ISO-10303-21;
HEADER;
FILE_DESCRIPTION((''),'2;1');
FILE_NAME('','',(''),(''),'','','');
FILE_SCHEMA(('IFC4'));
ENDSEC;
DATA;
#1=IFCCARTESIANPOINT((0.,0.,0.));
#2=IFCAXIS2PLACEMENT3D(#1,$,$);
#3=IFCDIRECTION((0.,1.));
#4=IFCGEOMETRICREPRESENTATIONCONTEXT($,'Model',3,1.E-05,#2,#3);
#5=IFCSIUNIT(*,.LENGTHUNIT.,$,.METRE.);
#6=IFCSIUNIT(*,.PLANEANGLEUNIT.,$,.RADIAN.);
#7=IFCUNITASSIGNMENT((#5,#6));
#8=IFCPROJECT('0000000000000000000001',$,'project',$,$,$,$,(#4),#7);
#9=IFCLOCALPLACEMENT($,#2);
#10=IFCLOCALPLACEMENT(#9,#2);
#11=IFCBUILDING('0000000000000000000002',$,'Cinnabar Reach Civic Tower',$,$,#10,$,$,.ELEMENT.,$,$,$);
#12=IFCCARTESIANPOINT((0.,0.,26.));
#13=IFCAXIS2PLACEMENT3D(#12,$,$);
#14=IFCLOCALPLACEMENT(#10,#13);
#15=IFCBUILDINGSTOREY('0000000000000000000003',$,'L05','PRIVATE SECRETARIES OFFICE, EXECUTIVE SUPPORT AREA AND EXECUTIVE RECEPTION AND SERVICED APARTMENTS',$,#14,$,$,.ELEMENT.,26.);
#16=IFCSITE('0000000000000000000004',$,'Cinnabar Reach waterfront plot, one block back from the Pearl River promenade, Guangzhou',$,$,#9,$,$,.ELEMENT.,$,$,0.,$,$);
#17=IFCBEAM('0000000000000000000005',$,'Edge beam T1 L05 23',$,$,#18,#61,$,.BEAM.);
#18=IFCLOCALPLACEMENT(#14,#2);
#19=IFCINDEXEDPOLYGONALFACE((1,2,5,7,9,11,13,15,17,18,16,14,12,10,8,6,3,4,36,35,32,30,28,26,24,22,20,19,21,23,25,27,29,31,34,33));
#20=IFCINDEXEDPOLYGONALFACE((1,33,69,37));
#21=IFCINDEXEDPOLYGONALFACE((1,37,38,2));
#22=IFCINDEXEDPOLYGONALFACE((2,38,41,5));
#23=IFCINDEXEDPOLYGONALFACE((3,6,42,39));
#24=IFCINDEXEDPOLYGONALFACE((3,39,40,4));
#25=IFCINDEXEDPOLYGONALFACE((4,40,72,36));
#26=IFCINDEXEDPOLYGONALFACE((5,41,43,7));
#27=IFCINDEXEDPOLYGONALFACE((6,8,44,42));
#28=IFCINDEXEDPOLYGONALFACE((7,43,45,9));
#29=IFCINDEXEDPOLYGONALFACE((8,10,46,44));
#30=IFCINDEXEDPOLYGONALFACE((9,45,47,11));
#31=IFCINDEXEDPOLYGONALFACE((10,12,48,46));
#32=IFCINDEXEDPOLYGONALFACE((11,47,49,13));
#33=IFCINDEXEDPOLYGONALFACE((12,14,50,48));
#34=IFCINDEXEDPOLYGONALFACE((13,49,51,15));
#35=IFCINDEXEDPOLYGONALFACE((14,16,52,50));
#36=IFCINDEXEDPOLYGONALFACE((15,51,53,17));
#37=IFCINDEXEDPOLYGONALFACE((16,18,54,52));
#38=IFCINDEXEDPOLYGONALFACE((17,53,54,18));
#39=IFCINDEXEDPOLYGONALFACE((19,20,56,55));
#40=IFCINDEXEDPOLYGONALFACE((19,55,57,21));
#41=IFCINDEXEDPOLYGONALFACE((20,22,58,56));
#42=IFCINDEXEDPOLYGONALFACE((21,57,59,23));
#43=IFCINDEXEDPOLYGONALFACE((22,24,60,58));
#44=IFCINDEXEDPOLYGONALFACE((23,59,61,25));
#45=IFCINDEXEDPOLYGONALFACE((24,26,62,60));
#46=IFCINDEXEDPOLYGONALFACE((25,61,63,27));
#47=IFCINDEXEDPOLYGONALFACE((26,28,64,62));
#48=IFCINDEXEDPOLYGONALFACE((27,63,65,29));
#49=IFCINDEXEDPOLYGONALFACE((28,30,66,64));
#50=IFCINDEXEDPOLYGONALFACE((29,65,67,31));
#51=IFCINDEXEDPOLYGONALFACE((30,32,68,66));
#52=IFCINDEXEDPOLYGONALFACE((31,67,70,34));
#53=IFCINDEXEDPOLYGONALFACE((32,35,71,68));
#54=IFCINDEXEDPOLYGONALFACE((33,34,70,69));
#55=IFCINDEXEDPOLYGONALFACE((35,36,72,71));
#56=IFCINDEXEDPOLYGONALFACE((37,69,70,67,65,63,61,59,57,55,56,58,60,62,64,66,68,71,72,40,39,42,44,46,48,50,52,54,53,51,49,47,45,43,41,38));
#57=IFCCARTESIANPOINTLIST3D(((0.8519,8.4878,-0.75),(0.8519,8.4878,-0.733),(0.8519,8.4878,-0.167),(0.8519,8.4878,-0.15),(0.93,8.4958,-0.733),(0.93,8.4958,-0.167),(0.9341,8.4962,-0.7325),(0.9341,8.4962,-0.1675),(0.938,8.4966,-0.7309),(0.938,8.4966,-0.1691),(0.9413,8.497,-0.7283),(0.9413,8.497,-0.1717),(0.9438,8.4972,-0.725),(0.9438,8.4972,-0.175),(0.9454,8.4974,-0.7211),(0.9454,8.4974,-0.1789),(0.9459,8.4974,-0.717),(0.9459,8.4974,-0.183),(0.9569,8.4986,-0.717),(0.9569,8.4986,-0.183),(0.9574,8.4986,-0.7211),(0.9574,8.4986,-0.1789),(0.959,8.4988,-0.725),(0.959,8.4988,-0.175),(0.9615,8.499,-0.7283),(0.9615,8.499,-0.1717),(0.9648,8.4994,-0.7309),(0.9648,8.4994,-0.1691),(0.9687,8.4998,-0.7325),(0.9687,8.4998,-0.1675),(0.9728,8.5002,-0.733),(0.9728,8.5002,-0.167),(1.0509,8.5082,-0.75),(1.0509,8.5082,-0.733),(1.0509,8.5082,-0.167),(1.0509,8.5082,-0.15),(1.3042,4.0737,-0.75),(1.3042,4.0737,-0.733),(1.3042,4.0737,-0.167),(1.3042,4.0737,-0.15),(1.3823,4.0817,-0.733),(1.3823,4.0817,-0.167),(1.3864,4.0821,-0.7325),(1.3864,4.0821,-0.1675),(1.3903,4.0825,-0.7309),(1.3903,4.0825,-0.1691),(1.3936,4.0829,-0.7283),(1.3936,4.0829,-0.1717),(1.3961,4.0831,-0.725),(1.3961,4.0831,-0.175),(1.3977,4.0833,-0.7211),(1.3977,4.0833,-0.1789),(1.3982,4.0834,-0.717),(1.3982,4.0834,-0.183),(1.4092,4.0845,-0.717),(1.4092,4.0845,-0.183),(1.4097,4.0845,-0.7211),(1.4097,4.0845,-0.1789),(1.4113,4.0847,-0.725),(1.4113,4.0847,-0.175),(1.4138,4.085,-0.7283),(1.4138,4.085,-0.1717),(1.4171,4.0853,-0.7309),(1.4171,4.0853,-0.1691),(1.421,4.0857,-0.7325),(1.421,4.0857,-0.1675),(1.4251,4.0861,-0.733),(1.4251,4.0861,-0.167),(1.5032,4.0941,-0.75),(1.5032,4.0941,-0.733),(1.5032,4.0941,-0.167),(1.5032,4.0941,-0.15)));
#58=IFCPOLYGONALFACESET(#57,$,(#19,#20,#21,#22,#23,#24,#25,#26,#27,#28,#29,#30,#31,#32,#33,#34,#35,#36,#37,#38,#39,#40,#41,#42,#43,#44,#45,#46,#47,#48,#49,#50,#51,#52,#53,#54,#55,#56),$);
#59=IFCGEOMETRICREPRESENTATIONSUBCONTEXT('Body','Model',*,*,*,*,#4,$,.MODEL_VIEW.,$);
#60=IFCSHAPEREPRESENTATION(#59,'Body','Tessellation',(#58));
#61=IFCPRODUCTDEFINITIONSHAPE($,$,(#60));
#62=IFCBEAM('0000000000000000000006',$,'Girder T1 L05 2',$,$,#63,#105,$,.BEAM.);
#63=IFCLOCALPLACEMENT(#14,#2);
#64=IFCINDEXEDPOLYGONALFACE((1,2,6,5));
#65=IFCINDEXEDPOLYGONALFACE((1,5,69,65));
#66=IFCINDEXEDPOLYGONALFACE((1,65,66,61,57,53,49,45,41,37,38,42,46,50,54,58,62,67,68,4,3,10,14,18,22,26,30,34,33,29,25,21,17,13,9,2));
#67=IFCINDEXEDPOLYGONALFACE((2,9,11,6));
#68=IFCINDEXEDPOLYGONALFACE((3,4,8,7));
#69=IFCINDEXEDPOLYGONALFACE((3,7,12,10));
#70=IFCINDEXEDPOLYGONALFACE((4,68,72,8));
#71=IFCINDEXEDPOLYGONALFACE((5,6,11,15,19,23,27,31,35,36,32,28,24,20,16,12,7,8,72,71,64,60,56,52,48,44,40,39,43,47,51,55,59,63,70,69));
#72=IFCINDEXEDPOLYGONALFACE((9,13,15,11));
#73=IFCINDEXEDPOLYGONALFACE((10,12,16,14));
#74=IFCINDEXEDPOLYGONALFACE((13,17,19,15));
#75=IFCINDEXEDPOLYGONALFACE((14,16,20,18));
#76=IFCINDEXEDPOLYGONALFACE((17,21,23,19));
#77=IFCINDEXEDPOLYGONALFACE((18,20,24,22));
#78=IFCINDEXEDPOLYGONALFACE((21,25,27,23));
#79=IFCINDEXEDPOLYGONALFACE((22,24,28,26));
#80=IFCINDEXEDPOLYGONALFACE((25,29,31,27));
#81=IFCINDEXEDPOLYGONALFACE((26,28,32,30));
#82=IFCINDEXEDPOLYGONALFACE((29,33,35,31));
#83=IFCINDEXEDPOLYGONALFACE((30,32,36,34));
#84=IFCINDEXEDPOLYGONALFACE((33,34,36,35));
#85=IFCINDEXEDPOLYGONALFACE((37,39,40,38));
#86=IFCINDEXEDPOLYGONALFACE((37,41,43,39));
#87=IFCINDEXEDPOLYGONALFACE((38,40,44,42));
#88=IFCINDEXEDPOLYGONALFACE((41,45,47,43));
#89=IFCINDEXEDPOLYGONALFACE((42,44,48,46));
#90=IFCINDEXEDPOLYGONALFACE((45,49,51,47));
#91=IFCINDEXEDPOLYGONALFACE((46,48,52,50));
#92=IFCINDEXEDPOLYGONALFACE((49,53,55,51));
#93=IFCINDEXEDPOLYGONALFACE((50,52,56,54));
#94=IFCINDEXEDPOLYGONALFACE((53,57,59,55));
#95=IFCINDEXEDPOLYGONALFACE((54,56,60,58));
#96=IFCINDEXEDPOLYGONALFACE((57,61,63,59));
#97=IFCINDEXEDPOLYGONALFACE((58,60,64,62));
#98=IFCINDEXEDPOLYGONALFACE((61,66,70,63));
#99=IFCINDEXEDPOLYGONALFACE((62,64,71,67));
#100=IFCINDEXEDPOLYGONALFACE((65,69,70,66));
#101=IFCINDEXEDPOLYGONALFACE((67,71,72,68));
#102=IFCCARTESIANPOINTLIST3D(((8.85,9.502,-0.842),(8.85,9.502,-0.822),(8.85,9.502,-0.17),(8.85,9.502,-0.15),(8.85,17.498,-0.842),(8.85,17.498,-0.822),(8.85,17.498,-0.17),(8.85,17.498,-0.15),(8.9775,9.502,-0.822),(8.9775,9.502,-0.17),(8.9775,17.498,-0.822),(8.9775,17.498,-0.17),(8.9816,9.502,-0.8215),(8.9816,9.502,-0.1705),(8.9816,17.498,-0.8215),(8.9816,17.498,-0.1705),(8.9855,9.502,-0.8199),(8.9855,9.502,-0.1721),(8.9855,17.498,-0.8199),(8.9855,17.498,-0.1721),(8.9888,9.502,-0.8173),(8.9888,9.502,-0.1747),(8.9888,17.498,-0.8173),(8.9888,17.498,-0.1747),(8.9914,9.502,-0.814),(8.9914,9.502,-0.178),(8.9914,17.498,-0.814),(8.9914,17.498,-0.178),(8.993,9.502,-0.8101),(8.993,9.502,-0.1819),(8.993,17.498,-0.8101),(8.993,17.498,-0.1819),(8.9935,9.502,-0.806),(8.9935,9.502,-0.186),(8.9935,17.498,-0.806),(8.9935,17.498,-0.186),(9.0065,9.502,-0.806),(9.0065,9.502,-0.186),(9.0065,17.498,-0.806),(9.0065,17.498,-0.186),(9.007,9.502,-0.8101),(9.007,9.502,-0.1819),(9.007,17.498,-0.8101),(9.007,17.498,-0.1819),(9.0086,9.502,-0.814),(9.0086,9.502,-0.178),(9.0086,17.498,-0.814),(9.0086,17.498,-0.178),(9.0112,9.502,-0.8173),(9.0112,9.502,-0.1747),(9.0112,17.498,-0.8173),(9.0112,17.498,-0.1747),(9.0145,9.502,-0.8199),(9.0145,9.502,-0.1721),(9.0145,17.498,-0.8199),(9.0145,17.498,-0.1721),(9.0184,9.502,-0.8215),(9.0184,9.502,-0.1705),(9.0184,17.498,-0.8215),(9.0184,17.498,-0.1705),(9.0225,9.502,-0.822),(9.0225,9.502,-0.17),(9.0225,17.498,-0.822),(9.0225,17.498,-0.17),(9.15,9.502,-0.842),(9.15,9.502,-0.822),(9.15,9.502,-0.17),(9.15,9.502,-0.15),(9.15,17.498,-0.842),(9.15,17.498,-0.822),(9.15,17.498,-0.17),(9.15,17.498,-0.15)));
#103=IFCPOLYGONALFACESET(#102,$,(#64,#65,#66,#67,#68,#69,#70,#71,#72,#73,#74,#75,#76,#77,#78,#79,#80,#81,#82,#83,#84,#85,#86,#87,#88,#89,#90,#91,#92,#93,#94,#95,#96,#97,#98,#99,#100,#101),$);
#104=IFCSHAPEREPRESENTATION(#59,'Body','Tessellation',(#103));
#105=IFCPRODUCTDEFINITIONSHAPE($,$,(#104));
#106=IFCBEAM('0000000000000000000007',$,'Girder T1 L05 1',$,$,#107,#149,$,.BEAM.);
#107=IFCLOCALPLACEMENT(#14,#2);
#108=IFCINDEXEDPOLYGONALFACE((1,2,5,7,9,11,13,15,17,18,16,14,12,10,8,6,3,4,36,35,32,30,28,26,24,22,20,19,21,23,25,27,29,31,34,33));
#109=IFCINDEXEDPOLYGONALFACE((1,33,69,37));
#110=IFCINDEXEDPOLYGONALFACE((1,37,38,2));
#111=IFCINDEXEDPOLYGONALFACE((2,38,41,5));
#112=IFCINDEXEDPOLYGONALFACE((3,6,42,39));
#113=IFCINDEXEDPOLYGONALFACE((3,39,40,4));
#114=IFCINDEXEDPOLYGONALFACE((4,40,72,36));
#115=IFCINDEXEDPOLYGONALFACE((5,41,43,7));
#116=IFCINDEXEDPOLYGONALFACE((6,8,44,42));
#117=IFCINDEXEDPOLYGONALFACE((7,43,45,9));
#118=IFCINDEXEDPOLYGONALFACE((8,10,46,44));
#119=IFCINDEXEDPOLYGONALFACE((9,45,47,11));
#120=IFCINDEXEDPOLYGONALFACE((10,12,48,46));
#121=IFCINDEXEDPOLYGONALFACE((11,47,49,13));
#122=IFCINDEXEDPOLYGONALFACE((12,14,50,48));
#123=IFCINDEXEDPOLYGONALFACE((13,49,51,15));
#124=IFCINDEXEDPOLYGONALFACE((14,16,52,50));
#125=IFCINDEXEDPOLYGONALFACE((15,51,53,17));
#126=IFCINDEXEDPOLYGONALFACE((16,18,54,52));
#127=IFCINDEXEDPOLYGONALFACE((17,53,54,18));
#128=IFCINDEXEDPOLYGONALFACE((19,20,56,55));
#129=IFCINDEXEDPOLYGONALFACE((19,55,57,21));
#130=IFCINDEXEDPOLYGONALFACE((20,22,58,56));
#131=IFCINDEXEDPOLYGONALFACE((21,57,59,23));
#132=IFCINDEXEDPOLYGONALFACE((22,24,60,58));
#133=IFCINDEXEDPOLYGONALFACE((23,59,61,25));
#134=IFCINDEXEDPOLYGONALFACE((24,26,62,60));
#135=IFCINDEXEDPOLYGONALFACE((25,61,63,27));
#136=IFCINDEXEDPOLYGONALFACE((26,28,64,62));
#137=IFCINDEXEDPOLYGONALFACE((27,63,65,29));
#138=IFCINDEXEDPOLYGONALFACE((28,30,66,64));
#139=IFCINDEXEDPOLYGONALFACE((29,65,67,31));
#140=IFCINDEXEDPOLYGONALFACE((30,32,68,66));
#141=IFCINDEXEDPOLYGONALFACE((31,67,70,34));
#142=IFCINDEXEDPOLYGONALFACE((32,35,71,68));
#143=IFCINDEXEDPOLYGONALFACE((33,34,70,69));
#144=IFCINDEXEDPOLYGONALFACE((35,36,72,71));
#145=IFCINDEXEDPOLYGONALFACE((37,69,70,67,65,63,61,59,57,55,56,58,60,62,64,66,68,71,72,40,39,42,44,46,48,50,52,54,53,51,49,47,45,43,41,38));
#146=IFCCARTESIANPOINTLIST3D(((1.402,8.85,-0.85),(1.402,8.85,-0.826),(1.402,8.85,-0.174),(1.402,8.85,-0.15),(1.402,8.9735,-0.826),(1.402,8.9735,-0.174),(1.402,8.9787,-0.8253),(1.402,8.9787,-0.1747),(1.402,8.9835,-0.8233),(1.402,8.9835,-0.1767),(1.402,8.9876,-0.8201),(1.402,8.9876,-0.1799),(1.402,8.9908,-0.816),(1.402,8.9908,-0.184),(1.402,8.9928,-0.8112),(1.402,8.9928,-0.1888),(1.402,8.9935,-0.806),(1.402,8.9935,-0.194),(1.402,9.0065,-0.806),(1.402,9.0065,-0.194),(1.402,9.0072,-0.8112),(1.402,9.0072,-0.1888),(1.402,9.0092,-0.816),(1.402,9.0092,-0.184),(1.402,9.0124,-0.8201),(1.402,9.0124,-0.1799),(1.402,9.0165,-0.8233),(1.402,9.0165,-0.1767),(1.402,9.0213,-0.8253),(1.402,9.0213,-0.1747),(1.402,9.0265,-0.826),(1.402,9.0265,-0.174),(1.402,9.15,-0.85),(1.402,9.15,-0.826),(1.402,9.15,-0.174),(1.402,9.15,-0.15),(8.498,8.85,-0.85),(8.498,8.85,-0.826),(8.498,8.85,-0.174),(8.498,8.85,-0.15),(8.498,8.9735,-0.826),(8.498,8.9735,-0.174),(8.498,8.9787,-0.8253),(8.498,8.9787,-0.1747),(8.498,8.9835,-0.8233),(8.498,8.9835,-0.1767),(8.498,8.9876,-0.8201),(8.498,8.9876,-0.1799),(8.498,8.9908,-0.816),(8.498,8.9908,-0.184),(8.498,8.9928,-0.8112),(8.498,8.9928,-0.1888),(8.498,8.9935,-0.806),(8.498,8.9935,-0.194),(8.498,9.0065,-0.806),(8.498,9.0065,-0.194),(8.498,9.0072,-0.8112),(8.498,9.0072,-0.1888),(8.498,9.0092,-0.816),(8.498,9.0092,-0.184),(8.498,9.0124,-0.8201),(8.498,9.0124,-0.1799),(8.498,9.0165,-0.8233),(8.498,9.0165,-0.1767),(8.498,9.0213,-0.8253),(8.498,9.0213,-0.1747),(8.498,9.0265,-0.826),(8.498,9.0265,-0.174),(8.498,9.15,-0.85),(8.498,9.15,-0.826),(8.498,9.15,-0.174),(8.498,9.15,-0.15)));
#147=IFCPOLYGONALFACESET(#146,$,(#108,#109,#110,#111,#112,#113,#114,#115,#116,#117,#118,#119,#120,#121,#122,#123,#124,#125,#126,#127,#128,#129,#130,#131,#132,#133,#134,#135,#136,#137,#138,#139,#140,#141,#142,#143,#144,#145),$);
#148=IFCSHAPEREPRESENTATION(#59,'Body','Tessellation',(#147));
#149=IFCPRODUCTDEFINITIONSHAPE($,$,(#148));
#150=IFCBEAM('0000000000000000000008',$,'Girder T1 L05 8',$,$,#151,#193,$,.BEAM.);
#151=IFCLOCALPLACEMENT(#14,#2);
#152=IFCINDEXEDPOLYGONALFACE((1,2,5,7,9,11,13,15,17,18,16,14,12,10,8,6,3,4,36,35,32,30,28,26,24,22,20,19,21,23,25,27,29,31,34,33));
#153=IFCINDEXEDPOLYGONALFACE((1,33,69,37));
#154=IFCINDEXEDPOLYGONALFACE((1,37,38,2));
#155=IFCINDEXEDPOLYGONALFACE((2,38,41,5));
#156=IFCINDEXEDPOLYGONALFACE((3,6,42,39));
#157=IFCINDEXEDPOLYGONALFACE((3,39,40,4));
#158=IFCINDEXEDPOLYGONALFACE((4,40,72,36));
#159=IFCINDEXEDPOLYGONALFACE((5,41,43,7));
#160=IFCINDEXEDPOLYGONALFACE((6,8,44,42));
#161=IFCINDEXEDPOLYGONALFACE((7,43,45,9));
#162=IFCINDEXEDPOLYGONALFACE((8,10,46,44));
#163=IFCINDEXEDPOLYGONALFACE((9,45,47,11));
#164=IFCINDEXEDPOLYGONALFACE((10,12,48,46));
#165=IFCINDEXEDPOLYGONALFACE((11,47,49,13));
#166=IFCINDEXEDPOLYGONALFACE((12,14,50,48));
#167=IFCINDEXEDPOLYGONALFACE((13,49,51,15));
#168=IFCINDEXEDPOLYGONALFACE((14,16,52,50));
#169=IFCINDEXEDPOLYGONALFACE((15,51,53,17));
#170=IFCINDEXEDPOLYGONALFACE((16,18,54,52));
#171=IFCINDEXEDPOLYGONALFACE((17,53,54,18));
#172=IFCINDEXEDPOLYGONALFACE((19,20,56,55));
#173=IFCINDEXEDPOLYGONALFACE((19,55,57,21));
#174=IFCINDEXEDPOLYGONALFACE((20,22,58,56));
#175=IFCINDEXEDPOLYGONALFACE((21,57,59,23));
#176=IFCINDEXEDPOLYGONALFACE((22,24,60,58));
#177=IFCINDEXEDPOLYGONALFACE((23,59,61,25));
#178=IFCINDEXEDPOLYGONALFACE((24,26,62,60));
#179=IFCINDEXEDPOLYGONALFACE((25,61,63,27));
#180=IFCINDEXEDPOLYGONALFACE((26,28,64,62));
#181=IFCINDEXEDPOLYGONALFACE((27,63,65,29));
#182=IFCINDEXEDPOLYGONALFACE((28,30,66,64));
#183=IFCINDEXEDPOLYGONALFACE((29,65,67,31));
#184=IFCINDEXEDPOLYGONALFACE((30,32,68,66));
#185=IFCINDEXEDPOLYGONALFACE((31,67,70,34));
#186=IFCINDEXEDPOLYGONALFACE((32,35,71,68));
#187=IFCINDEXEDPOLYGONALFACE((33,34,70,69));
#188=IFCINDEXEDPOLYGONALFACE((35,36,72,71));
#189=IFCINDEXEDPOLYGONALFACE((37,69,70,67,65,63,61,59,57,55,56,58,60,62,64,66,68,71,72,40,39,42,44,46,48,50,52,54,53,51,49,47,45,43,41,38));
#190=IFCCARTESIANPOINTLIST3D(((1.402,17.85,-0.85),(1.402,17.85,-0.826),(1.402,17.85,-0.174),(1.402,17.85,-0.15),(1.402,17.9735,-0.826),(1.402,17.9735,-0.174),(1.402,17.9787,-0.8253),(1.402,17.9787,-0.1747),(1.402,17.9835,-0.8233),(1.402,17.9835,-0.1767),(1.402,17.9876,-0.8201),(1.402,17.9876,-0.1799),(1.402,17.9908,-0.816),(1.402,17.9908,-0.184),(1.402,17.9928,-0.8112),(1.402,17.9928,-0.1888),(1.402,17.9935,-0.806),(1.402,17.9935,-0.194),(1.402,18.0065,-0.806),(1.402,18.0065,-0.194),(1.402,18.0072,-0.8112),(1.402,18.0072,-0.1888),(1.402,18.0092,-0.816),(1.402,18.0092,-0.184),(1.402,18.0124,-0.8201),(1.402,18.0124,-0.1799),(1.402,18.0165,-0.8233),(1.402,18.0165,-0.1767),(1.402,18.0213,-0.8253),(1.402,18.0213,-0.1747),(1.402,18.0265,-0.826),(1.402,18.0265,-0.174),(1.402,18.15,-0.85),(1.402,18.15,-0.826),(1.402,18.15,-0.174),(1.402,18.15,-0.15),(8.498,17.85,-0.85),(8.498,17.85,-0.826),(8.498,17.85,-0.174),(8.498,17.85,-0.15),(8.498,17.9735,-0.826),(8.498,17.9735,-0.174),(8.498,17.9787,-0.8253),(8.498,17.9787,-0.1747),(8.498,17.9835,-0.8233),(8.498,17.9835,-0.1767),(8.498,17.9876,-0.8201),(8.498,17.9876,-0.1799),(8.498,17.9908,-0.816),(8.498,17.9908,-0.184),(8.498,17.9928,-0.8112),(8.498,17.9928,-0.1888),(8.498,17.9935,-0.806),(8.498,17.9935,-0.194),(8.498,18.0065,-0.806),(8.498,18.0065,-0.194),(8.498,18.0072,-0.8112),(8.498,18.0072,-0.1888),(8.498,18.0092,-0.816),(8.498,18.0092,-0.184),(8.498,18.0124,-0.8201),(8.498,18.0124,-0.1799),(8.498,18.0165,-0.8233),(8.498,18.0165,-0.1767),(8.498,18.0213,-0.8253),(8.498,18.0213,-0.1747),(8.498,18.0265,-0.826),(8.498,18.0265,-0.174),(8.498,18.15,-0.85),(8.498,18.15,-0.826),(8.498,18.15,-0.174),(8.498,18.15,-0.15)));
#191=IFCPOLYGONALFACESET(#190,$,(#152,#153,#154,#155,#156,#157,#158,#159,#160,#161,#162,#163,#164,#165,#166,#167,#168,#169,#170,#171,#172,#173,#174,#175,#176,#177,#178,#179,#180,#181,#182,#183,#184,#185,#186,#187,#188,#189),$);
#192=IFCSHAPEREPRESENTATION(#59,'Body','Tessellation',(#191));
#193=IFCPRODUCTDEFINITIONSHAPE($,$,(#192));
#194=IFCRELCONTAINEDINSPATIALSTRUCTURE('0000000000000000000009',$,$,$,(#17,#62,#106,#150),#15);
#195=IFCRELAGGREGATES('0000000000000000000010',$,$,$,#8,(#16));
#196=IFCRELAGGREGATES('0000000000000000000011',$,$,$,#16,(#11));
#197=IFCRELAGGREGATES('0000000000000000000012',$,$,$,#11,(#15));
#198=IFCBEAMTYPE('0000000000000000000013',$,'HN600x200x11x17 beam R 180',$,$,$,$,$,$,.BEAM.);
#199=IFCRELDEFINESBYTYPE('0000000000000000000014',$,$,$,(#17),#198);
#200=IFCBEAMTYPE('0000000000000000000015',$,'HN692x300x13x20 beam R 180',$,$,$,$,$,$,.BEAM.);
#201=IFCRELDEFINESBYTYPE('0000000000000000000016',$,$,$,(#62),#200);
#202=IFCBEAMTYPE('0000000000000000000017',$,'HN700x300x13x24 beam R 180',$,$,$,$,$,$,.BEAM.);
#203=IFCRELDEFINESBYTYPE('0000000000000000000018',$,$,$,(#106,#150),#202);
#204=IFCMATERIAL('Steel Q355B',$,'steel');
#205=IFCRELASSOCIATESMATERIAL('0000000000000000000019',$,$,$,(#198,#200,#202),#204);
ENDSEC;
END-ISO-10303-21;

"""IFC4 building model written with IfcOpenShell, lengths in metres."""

from ifc_helpers import new_model, si_unit, direction, frame, origin, origin_2d, place, context, subcontext, project, spatial, i_section, extrude, material, material_profile, profile_set, type_object, element, save


model = new_model("IFC4")

# Units and contexts
model_context = context("Model", 3, precision=1e-05, world=origin(), true_north=direction((0.0, 1.0)))
body_context = subcontext(model_context, "Body", "Model", "MODEL_VIEW")
ifc_project = project(units=[si_unit("LENGTHUNIT", "METRE"), si_unit("PLANEANGLEUNIT", "RADIAN")], contexts=[model_context])

# Site, building, storey
site_placement = place(None, origin())
site = spatial("IfcSite", under=ifc_project, at=site_placement, Name="Cinnabar Reach waterfront plot, one block back from the Pearl River promenade, Guangzhou", CompositionType="ELEMENT", RefElevation=0.0)
building_placement = place(site_placement, origin())
building = spatial("IfcBuilding", under=site, at=building_placement, Name="Cinnabar Reach Civic Tower", CompositionType="ELEMENT")
storey_placement = place(building_placement, frame((0.0, 0.0, 26.0)))
storey = spatial("IfcBuildingStorey", under=building, at=storey_placement, Name="L05", Description="PRIVATE SECRETARIES OFFICE, EXECUTIVE SUPPORT AREA AND EXECUTIVE RECEPTION AND SERVICED APARTMENTS", CompositionType="ELEMENT", Elevation=26.0)

# Beams
ifc_material_1 = material(Name="Steel Q355B", Category="steel")
ifc_material_profile_1 = material_profile(ifc_material_1, i_section(OverallWidth=0.2, OverallDepth=0.6, WebThickness=0.011, FlangeThickness=0.017, FilletRadius=0.016, at=origin_2d()), Name="HN600x200x11x17")
ifc_profile_set_1 = profile_set([ifc_material_profile_1], Name="Steel Q355B")
beam_type_1 = type_object("IfcBeamType", Name="HN600x200x11x17 beam R 180", PredefinedType="BEAM", material=ifc_profile_set_1)
beam_1_placement = place(storey_placement, frame((0.9514, 8.498, -0.45), z_axis=(0.101933, -0.994791, 0.0), x_axis=(0.994791, 0.101933, 0.0)))
element("IfcBeam", 1, at=beam_1_placement, inside=storey, type_object=beam_type_1, Name="Edge beam T1 L05 23", PredefinedType="BEAM", context=body_context, shape_type="SweptSolid", body=[
    extrude(i_section(OverallWidth=0.2, OverallDepth=0.6, WebThickness=0.011, FlangeThickness=0.017, FilletRadius=0.016, at=origin_2d()), origin(), (0.0, 0.0, 1.0), 4.4372),
])
ifc_material_profile_2 = material_profile(ifc_material_1, i_section(OverallWidth=0.3, OverallDepth=0.692, WebThickness=0.013, FlangeThickness=0.02, FilletRadius=0.016, at=origin_2d()), Name="HN692x300x13x20")
ifc_profile_set_2 = profile_set([ifc_material_profile_2], Name="Steel Q355B")
beam_type_2 = type_object("IfcBeamType", Name="HN692x300x13x20 beam R 180", PredefinedType="BEAM", material=ifc_profile_set_2)
beam_2_placement = place(storey_placement, frame((9.0, 9.502, -0.496), z_axis=(0.0, 1.0, 0.0), x_axis=(-1.0, 0.0, 0.0)))
element("IfcBeam", 2, at=beam_2_placement, inside=storey, type_object=beam_type_2, Name="Girder T1 L05 2", PredefinedType="BEAM", context=body_context, shape_type="SweptSolid", body=[
    extrude(i_section(OverallWidth=0.3, OverallDepth=0.692, WebThickness=0.013, FlangeThickness=0.02, FilletRadius=0.016, at=origin_2d()), origin(), (0.0, 0.0, 1.0), 7.996),
])
ifc_material_profile_3 = material_profile(ifc_material_1, i_section(OverallWidth=0.3, OverallDepth=0.7, WebThickness=0.013, FlangeThickness=0.024, FilletRadius=0.02, at=origin_2d()), Name="HN700x300x13x24")
ifc_profile_set_3 = profile_set([ifc_material_profile_3], Name="Steel Q355B")
beam_type_3 = type_object("IfcBeamType", Name="HN700x300x13x24 beam R 180", PredefinedType="BEAM", material=ifc_profile_set_3)
for number, where, z_axis, x_axis, name in (
    (3, (1.402, 9.0, -0.5), (1.0, 0.0, 0.0), (0.0, 1.0, 0.0), "Girder T1 L05 1"),
    (4, (1.402, 18.0, -0.5), (1.0, 0.0, 0.0), (0.0, 1.0, 0.0), "Girder T1 L05 8"),
):
    element("IfcBeam", number, at=place(storey_placement, frame(where, z_axis=z_axis, x_axis=x_axis)), inside=storey, type_object=beam_type_3, Name=name, PredefinedType="BEAM", context=body_context, shape_type="SweptSolid", body=[
        extrude(i_section(OverallWidth=0.3, OverallDepth=0.7, WebThickness=0.013, FlangeThickness=0.024, FilletRadius=0.02, at=origin_2d()), origin(), (0.0, 0.0, 1.0), 7.096),
    ])

save(model, "model.ifc")
